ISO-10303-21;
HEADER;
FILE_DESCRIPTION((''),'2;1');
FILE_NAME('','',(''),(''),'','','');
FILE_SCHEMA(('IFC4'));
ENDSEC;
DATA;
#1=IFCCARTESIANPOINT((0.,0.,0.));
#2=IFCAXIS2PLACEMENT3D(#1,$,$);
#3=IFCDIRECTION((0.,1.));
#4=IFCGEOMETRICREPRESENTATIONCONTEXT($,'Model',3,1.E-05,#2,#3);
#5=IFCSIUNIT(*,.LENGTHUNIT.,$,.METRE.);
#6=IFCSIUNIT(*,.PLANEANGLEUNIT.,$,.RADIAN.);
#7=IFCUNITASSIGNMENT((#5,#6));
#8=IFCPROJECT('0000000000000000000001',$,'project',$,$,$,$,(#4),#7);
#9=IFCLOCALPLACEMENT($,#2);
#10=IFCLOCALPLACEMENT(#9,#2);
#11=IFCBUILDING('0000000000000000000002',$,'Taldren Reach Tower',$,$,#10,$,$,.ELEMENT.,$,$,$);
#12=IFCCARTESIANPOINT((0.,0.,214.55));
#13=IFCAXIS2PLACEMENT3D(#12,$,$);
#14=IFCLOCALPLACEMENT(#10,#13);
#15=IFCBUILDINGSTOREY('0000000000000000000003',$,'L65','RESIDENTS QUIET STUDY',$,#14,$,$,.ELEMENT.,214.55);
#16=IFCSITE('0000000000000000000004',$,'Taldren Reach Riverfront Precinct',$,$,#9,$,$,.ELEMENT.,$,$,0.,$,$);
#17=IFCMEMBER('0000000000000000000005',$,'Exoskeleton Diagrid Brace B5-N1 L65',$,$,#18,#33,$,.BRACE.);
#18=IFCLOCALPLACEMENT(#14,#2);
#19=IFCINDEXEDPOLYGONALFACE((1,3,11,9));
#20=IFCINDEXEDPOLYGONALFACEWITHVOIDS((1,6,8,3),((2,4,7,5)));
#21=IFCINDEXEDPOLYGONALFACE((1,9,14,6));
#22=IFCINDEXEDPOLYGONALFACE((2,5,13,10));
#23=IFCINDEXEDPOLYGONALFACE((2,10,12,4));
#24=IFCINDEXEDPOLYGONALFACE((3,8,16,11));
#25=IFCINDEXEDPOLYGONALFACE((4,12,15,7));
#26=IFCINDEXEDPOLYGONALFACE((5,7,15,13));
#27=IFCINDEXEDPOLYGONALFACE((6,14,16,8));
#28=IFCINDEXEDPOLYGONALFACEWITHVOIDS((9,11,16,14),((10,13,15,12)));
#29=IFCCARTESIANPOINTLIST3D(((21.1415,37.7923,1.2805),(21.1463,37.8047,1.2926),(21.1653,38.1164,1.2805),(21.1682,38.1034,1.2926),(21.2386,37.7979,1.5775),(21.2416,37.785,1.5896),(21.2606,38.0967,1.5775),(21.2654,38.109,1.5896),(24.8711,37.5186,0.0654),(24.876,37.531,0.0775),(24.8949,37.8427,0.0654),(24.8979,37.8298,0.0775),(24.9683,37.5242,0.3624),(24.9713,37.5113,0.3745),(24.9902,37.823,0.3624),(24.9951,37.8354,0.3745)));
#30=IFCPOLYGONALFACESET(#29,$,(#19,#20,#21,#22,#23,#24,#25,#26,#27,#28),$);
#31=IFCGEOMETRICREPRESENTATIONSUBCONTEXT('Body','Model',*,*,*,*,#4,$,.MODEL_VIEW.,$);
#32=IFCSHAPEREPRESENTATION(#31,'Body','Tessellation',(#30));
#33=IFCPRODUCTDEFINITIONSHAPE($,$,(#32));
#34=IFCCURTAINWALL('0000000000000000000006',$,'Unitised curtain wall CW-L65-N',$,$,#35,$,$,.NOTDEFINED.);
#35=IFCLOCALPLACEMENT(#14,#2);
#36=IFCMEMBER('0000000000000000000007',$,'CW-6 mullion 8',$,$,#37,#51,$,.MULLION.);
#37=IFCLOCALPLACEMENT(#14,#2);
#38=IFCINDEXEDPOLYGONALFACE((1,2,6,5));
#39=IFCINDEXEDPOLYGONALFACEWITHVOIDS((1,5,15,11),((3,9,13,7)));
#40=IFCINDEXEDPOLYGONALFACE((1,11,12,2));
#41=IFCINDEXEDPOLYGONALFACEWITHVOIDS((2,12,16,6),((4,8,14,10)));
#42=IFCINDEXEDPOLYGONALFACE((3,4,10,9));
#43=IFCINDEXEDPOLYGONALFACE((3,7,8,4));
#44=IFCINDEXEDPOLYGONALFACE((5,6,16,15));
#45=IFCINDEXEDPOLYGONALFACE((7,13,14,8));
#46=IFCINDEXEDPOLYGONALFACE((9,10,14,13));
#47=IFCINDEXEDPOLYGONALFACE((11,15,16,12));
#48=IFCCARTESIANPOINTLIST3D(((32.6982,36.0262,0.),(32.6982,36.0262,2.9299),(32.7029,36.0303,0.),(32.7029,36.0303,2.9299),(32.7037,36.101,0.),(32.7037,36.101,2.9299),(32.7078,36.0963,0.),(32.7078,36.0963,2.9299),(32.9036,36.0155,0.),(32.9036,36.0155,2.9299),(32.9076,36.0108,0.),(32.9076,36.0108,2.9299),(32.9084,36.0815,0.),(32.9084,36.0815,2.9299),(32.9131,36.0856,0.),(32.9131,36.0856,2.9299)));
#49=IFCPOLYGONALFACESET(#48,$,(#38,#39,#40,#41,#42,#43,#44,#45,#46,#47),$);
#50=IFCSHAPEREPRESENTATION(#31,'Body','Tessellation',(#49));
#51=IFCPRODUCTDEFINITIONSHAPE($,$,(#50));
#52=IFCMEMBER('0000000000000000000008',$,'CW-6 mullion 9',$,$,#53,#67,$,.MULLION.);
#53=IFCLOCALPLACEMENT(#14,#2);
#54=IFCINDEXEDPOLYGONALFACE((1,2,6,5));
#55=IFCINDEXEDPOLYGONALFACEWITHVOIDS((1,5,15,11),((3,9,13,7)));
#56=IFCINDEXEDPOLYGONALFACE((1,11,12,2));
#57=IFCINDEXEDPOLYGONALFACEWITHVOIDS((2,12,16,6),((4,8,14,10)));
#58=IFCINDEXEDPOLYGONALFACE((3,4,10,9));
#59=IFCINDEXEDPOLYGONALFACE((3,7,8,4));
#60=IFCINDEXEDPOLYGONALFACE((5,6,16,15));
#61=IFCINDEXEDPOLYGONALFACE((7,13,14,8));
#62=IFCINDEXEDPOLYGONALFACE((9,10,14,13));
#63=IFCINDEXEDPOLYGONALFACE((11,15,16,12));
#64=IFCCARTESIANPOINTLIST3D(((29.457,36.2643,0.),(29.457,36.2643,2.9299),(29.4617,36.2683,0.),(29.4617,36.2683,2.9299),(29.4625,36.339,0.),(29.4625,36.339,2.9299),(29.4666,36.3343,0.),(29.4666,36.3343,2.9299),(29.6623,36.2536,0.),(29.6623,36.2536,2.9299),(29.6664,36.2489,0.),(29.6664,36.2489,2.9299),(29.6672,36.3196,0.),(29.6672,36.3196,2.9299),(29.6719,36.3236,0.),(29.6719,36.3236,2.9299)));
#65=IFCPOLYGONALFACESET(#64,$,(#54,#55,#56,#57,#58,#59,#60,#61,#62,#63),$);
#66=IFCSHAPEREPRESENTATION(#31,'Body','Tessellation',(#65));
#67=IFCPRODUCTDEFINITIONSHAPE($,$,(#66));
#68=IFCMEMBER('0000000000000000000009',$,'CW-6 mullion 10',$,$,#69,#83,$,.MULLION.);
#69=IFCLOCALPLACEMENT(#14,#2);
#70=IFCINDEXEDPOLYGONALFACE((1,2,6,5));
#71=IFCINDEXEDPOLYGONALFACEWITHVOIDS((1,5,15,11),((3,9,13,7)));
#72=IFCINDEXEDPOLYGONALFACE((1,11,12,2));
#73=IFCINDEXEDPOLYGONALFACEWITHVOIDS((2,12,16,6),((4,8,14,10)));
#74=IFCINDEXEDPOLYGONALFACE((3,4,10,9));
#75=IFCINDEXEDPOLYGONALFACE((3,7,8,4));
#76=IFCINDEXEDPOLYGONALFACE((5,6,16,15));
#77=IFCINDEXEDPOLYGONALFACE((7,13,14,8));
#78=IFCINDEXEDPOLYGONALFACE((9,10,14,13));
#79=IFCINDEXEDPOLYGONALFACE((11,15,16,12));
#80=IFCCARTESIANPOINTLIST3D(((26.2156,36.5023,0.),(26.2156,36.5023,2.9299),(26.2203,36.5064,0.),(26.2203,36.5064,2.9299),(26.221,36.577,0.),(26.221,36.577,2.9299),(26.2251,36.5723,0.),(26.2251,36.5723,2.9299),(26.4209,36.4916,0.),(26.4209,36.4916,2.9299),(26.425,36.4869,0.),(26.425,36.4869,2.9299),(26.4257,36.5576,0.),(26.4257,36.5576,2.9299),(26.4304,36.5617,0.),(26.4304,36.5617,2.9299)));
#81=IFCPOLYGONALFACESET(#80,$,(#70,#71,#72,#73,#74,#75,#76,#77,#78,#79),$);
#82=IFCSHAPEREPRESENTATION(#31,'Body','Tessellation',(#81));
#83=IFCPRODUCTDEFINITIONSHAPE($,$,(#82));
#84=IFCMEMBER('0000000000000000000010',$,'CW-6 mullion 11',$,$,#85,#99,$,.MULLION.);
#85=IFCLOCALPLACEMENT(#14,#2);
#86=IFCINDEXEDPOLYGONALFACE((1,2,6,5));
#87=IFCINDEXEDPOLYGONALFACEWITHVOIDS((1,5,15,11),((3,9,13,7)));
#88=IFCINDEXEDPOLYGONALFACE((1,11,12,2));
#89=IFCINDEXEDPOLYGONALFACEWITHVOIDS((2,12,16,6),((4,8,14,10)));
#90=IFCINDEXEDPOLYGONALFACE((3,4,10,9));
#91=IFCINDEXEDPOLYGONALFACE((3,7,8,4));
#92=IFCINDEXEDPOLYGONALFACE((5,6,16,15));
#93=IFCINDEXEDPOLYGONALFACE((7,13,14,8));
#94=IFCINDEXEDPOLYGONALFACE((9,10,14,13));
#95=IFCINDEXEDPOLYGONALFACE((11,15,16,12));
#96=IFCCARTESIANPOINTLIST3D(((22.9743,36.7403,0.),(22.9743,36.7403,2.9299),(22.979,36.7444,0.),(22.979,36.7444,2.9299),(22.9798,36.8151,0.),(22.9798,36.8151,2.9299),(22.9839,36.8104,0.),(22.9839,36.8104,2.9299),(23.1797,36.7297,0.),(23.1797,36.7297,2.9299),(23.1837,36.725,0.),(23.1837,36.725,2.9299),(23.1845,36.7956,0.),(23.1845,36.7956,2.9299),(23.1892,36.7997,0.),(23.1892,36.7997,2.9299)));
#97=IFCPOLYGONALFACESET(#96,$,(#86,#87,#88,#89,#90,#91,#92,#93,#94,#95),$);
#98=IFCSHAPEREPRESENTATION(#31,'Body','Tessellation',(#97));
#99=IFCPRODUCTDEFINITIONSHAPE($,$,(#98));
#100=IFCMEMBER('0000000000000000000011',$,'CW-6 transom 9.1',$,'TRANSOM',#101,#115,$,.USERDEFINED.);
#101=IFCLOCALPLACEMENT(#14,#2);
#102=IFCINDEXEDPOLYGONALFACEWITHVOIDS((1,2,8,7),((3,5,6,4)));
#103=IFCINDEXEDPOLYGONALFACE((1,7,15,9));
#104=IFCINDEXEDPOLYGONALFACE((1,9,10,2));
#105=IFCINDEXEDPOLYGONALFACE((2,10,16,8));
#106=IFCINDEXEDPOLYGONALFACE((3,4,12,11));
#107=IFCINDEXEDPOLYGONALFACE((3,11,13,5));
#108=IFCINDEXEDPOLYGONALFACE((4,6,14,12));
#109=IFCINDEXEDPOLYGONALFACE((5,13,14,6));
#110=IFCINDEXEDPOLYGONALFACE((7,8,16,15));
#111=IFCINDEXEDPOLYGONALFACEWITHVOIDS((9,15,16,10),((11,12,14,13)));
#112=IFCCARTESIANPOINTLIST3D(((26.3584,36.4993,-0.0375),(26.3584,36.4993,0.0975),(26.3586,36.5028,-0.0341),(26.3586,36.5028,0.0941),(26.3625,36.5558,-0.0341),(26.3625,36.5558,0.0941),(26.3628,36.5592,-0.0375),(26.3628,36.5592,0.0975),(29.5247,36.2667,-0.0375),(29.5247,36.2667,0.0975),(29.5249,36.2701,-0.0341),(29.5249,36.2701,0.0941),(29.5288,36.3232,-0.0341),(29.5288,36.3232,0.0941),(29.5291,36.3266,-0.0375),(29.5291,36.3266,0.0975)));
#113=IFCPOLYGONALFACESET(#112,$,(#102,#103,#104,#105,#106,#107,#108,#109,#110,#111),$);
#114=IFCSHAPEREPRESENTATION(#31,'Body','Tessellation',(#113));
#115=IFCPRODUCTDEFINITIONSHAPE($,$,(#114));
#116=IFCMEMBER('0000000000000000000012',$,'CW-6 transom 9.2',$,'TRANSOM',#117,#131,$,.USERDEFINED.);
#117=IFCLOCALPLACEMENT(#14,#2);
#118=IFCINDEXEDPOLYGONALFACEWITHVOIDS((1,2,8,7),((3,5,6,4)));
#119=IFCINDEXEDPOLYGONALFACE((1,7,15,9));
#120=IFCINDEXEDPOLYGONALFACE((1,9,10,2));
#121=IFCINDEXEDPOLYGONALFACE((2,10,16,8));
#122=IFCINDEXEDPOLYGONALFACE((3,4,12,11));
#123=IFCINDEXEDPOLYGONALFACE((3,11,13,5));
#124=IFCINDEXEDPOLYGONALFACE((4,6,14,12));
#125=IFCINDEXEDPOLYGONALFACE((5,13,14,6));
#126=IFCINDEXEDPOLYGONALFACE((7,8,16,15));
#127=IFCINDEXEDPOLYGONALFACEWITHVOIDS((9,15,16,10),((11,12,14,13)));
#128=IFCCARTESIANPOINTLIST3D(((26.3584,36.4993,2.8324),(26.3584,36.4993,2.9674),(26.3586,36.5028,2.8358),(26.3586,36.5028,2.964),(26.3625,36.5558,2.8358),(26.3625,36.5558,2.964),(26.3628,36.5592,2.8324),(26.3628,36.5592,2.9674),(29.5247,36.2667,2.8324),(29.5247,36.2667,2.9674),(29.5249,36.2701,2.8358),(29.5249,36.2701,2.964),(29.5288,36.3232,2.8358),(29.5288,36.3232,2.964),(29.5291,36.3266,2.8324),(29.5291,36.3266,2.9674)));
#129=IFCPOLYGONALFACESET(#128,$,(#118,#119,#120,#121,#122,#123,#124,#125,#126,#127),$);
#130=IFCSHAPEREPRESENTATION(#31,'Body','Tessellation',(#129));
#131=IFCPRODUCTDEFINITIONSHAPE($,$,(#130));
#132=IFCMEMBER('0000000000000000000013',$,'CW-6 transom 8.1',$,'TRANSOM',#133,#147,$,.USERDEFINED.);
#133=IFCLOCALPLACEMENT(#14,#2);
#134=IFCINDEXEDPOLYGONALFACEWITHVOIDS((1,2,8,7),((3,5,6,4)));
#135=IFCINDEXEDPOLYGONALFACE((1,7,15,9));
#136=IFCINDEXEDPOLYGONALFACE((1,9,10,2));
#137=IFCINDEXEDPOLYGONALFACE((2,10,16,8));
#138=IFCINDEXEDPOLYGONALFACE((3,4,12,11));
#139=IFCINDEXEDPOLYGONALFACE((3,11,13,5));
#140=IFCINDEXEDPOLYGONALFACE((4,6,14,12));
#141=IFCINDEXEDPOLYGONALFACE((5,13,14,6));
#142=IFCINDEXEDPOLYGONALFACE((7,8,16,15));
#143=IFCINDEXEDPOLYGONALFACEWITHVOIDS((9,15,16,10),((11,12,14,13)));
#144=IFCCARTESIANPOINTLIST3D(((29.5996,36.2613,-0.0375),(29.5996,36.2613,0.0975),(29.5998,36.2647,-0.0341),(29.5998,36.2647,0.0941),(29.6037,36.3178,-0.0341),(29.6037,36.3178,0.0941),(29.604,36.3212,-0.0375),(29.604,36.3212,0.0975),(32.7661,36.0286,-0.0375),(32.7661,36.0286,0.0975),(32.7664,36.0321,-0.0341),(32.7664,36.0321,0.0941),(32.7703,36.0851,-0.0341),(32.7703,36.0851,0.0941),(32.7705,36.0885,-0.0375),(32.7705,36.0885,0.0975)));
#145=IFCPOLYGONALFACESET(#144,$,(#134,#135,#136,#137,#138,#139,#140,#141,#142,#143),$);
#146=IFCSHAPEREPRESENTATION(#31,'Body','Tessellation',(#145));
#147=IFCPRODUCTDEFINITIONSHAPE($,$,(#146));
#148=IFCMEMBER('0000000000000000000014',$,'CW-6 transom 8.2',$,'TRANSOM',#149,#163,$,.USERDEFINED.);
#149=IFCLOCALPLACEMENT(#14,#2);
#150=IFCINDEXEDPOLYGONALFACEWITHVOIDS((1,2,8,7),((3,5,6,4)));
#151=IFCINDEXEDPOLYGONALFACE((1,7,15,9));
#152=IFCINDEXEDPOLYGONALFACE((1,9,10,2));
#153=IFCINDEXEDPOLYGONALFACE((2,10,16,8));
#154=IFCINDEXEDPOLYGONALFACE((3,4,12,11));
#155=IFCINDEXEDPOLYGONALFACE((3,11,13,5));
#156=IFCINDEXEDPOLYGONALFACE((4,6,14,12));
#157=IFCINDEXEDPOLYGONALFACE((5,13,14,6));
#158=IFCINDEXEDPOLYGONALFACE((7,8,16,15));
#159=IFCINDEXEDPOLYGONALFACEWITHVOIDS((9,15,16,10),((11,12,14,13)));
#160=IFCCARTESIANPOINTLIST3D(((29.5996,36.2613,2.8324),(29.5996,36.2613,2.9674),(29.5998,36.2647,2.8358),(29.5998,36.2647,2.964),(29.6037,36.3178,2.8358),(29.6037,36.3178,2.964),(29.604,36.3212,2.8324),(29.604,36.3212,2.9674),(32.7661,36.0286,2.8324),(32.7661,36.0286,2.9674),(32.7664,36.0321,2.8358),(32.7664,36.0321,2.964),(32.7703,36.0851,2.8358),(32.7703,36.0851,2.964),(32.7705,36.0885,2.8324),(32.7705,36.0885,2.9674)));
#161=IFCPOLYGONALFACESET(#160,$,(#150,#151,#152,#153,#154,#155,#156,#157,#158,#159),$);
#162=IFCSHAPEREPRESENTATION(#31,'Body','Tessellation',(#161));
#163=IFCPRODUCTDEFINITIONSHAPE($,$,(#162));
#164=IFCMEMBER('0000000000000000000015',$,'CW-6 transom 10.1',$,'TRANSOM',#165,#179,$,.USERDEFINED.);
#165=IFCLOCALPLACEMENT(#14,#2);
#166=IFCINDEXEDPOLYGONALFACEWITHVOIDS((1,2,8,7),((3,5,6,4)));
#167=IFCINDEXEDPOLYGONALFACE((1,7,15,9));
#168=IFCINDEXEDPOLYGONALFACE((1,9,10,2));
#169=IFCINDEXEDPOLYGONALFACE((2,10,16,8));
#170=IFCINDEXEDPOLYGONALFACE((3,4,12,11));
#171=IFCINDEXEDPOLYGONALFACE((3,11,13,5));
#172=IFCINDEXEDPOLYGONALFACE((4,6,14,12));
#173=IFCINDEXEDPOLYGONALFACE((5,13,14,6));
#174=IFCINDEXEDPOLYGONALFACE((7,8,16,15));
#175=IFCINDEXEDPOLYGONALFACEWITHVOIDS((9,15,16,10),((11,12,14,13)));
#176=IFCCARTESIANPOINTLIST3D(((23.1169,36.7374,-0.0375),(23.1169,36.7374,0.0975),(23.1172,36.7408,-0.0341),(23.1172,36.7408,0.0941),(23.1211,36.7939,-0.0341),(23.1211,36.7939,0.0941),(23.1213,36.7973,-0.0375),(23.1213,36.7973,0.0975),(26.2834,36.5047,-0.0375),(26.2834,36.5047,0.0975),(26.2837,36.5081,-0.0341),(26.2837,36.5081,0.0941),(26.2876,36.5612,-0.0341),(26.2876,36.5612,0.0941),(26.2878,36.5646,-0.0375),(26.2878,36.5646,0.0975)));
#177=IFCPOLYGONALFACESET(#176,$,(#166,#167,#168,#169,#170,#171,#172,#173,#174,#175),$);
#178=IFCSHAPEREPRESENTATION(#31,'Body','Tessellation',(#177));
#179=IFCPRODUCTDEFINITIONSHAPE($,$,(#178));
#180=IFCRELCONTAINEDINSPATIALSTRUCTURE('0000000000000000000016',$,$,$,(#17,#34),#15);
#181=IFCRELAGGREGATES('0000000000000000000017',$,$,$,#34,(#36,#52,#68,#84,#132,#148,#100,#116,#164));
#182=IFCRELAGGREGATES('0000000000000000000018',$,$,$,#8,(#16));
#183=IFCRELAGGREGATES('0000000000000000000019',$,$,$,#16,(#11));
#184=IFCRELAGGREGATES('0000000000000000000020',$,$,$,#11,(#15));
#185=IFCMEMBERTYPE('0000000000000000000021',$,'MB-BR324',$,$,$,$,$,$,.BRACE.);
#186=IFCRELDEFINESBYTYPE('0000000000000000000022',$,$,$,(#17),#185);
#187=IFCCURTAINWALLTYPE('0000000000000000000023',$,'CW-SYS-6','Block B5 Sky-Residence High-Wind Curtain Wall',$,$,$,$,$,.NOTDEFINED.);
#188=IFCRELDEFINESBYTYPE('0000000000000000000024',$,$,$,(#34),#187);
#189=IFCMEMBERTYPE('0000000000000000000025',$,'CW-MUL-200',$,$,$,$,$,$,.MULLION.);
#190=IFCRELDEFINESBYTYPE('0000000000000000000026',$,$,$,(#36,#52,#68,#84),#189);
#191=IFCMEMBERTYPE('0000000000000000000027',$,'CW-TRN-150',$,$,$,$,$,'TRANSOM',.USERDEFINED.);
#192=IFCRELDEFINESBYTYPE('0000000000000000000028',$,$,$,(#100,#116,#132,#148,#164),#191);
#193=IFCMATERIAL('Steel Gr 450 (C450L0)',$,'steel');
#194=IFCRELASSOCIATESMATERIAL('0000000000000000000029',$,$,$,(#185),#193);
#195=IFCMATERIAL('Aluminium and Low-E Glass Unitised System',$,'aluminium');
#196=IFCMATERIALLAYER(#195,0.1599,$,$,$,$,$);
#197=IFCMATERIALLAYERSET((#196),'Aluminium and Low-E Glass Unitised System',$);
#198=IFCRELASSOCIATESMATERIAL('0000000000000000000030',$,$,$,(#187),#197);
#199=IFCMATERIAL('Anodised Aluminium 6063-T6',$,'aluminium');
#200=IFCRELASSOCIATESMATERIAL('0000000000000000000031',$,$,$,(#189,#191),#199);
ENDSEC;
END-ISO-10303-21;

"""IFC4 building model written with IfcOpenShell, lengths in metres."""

from ifc_helpers import new_model, si_unit, direction, frame, origin, origin_2d, place, context, subcontext, project, spatial, hollow_rectangle, extrude, source, transform, mapped, material, layer, layer_set, material_profile, profile_set, type_object, element, aggregate, save


model = new_model("IFC4")

# Units and contexts
model_context = context("Model", 3, precision=1e-05, world=origin(), true_north=direction((0.0, 1.0)))
body_context = subcontext(model_context, "Body", "Model", "MODEL_VIEW")
ifc_project = project(units=[si_unit("LENGTHUNIT", "METRE"), si_unit("PLANEANGLEUNIT", "RADIAN")], contexts=[model_context])

# Site, building, storey
site_placement = place(None, origin())
site = spatial("IfcSite", under=ifc_project, at=site_placement, Name="Taldren Reach Riverfront Precinct", CompositionType="ELEMENT", RefElevation=0.0)
building_placement = place(site_placement, origin())
building = spatial("IfcBuilding", under=site, at=building_placement, Name="Taldren Reach Tower", CompositionType="ELEMENT")
storey_placement = place(building_placement, frame((0.0, 0.0, 214.55)))
storey = spatial("IfcBuildingStorey", under=building, at=storey_placement, Name="L65", Description="RESIDENTS QUIET STUDY", CompositionType="ELEMENT", Elevation=214.55)

# Shared definitions
ifc_material_1 = material(Name="Steel Gr 450 (C450L0)", Category="steel")

# Member
ifc_material_profile_1 = material_profile(ifc_material_1, hollow_rectangle(XDim=0.325, YDim=0.325, WallThickness=0.0127, at=origin_2d()), Name="325x325x12.7SHS")
ifc_profile_set_1 = profile_set([ifc_material_profile_1], Name="Steel Gr 450 (C450L0)")
member_type_1 = type_object("IfcMemberType", Name="MB-BR324", PredefinedType="BRACE", material=ifc_profile_set_1)
shared_shape_1 = source(origin(), body_context, "Body", "SweptSolid", [
    extrude(hollow_rectangle(XDim=0.325, YDim=0.325, WallThickness=0.0127, at=origin_2d()), origin(), (0.0, 0.0, 1.0), 3.9321),
])
member_1_placement = place(storey_placement, frame((24.9331, 37.677, 0.22), z_axis=(-0.948509, 0.0696, 0.309009), x_axis=(-0.073182, -0.997319, 0.0)))
element("IfcMember", 1, at=member_1_placement, inside=storey, type_object=member_type_1, Name="Exoskeleton Diagrid Brace B5-N1 L65", PredefinedType="BRACE", context=body_context, shape_type="MappedRepresentation", body=[
    mapped(shared_shape_1, transform((0.0, 0.0, 0.0), scale=1.0)),
])

# Curtain wall, members
ifc_material_2 = material(Name="Aluminium and Low-E Glass Unitised System", Category="aluminium")
ifc_layer_1 = layer(ifc_material_2, 0.1599)
ifc_layer_set_1 = layer_set([ifc_layer_1], Name="Aluminium and Low-E Glass Unitised System")
curtain_wall_type = type_object("IfcCurtainWallType", Name="CW-SYS-6", Description="Block B5 Sky-Residence High-Wind Curtain Wall", PredefinedType="NOTDEFINED", material=ifc_layer_set_1)
curtain_wall_placement = place(storey_placement, origin())
curtain_wall = element("IfcCurtainWall", 2, at=curtain_wall_placement, inside=storey, type_object=curtain_wall_type, Name="Unitised curtain wall CW-L65-N", PredefinedType="NOTDEFINED")
ifc_material_3 = material(Name="Anodised Aluminium 6063-T6", Category="aluminium")
ifc_material_profile_2 = material_profile(ifc_material_3, hollow_rectangle(XDim=0.075, YDim=0.21, WallThickness=0.0044, at=origin_2d()), Name="ALU-210x75x4.5RHS")
ifc_profile_set_2 = profile_set([ifc_material_profile_2], Name="Anodised Aluminium 6063-T6")
member_type_2 = type_object("IfcMemberType", Name="CW-MUL-200", PredefinedType="MULLION", material=ifc_profile_set_2)
shared_shape_2 = source(origin(), body_context, "Body", "SweptSolid", [
    extrude(hollow_rectangle(XDim=0.075, YDim=0.21, WallThickness=0.0044, at=origin_2d()), origin(), (0.0, 0.0, 1.0), 2.9299),
])
member_2_placement = place(storey_placement, frame((32.8057, 36.0559, 0.0), z_axis=(0.0, 0.0, 1.0), x_axis=(-0.073238, -0.997314, 0.0)))
member_2 = element("IfcMember", 3, at=member_2_placement, type_object=member_type_2, Name="CW-6 mullion 8", PredefinedType="MULLION", context=body_context, shape_type="MappedRepresentation", body=[
    mapped(shared_shape_2, transform((0.0, 0.0, 0.0), scale=1.0)),
])
member_3_placement = place(storey_placement, frame((29.5645, 36.2939, 0.0), z_axis=(0.0, 0.0, 1.0), x_axis=(-0.073238, -0.997314, 0.0)))
member_3 = element("IfcMember", 4, at=member_3_placement, type_object=member_type_2, Name="CW-6 mullion 9", PredefinedType="MULLION", context=body_context, shape_type="MappedRepresentation", body=[
    mapped(shared_shape_2, transform((0.0, 0.0, 0.0), scale=1.0)),
])
member_4_placement = place(storey_placement, frame((26.323, 36.532, 0.0), z_axis=(0.0, 0.0, 1.0), x_axis=(-0.073238, -0.997314, 0.0)))
member_4 = element("IfcMember", 5, at=member_4_placement, type_object=member_type_2, Name="CW-6 mullion 10", PredefinedType="MULLION", context=body_context, shape_type="MappedRepresentation", body=[
    mapped(shared_shape_2, transform((0.0, 0.0, 0.0), scale=1.0)),
])
member_5_placement = place(storey_placement, frame((23.0818, 36.77, 0.0), z_axis=(0.0, 0.0, 1.0), x_axis=(-0.073238, -0.997314, 0.0)))
member_5 = element("IfcMember", 6, at=member_5_placement, type_object=member_type_2, Name="CW-6 mullion 11", PredefinedType="MULLION", context=body_context, shape_type="MappedRepresentation", body=[
    mapped(shared_shape_2, transform((0.0, 0.0, 0.0), scale=1.0)),
])
ifc_material_profile_3 = material_profile(ifc_material_3, hollow_rectangle(XDim=0.0601, YDim=0.135, WallThickness=0.0034, at=origin_2d()), Name="ALU-135x60x3.5RHS")
ifc_profile_set_3 = profile_set([ifc_material_profile_3], Name="Anodised Aluminium 6063-T6")
member_type_3 = type_object("IfcMemberType", Name="CW-TRN-150", ElementType="TRANSOM", PredefinedType="USERDEFINED", material=ifc_profile_set_3)
shared_shape_3 = source(origin(), body_context, "Body", "SweptSolid", [
    extrude(hollow_rectangle(XDim=0.0601, YDim=0.135, WallThickness=0.0034, at=origin_2d()), origin(), (0.0, 0.0, 1.0), 3.1748),
])
member_6_placement = place(storey_placement, frame((29.5269, 36.2966, 0.03), z_axis=(-0.997311, 0.073285, 0.0), x_axis=(-0.073285, -0.997311, 0.0)))
member_6 = element("IfcMember", 7, at=member_6_placement, type_object=member_type_3, Name="CW-6 transom 9.1", ObjectType="TRANSOM", PredefinedType="USERDEFINED", context=body_context, shape_type="MappedRepresentation", body=[
    mapped(shared_shape_3, transform((0.0, 0.0, 0.0), scale=1.0)),
])
member_7_placement = place(storey_placement, frame((29.5269, 36.2966, 2.8999), z_axis=(-0.997311, 0.073285, 0.0), x_axis=(-0.073285, -0.997311, 0.0)))
member_7 = element("IfcMember", 8, at=member_7_placement, type_object=member_type_3, Name="CW-6 transom 9.2", ObjectType="TRANSOM", PredefinedType="USERDEFINED", context=body_context, shape_type="MappedRepresentation", body=[
    mapped(shared_shape_3, transform((0.0, 0.0, 0.0), scale=1.0)),
])
shared_shape_4 = source(origin(), body_context, "Body", "SweptSolid", [
    extrude(hollow_rectangle(XDim=0.0601, YDim=0.135, WallThickness=0.0034, at=origin_2d()), origin(), (0.0, 0.0, 1.0), 3.175),
])
member_8_placement = place(storey_placement, frame((32.7683, 36.0586, 0.03), z_axis=(-0.997311, 0.07328, 0.0), x_axis=(-0.07328, -0.997311, 0.0)))
member_8 = element("IfcMember", 9, at=member_8_placement, type_object=member_type_3, Name="CW-6 transom 8.1", ObjectType="TRANSOM", PredefinedType="USERDEFINED", context=body_context, shape_type="MappedRepresentation", body=[
    mapped(shared_shape_4, transform((0.0, 0.0, 0.0), scale=1.0)),
])
member_9_placement = place(storey_placement, frame((32.7683, 36.0586, 2.8999), z_axis=(-0.997311, 0.07328, 0.0), x_axis=(-0.07328, -0.997311, 0.0)))
member_9 = element("IfcMember", 10, at=member_9_placement, type_object=member_type_3, Name="CW-6 transom 8.2", ObjectType="TRANSOM", PredefinedType="USERDEFINED", context=body_context, shape_type="MappedRepresentation", body=[
    mapped(shared_shape_4, transform((0.0, 0.0, 0.0), scale=1.0)),
])
member_10_placement = place(storey_placement, frame((26.2856, 36.5347, 0.03), z_axis=(-0.997311, 0.07328, 0.0), x_axis=(-0.07328, -0.997311, 0.0)))
member_10 = element("IfcMember", 11, at=member_10_placement, type_object=member_type_3, Name="CW-6 transom 10.1", ObjectType="TRANSOM", PredefinedType="USERDEFINED", context=body_context, shape_type="MappedRepresentation", body=[
    mapped(shared_shape_4, transform((0.0, 0.0, 0.0), scale=1.0)),
])

aggregate(curtain_wall, [member_2, member_3, member_4, member_5, member_8, member_9, member_6, member_7, member_10])

save(model, "model.ifc")
